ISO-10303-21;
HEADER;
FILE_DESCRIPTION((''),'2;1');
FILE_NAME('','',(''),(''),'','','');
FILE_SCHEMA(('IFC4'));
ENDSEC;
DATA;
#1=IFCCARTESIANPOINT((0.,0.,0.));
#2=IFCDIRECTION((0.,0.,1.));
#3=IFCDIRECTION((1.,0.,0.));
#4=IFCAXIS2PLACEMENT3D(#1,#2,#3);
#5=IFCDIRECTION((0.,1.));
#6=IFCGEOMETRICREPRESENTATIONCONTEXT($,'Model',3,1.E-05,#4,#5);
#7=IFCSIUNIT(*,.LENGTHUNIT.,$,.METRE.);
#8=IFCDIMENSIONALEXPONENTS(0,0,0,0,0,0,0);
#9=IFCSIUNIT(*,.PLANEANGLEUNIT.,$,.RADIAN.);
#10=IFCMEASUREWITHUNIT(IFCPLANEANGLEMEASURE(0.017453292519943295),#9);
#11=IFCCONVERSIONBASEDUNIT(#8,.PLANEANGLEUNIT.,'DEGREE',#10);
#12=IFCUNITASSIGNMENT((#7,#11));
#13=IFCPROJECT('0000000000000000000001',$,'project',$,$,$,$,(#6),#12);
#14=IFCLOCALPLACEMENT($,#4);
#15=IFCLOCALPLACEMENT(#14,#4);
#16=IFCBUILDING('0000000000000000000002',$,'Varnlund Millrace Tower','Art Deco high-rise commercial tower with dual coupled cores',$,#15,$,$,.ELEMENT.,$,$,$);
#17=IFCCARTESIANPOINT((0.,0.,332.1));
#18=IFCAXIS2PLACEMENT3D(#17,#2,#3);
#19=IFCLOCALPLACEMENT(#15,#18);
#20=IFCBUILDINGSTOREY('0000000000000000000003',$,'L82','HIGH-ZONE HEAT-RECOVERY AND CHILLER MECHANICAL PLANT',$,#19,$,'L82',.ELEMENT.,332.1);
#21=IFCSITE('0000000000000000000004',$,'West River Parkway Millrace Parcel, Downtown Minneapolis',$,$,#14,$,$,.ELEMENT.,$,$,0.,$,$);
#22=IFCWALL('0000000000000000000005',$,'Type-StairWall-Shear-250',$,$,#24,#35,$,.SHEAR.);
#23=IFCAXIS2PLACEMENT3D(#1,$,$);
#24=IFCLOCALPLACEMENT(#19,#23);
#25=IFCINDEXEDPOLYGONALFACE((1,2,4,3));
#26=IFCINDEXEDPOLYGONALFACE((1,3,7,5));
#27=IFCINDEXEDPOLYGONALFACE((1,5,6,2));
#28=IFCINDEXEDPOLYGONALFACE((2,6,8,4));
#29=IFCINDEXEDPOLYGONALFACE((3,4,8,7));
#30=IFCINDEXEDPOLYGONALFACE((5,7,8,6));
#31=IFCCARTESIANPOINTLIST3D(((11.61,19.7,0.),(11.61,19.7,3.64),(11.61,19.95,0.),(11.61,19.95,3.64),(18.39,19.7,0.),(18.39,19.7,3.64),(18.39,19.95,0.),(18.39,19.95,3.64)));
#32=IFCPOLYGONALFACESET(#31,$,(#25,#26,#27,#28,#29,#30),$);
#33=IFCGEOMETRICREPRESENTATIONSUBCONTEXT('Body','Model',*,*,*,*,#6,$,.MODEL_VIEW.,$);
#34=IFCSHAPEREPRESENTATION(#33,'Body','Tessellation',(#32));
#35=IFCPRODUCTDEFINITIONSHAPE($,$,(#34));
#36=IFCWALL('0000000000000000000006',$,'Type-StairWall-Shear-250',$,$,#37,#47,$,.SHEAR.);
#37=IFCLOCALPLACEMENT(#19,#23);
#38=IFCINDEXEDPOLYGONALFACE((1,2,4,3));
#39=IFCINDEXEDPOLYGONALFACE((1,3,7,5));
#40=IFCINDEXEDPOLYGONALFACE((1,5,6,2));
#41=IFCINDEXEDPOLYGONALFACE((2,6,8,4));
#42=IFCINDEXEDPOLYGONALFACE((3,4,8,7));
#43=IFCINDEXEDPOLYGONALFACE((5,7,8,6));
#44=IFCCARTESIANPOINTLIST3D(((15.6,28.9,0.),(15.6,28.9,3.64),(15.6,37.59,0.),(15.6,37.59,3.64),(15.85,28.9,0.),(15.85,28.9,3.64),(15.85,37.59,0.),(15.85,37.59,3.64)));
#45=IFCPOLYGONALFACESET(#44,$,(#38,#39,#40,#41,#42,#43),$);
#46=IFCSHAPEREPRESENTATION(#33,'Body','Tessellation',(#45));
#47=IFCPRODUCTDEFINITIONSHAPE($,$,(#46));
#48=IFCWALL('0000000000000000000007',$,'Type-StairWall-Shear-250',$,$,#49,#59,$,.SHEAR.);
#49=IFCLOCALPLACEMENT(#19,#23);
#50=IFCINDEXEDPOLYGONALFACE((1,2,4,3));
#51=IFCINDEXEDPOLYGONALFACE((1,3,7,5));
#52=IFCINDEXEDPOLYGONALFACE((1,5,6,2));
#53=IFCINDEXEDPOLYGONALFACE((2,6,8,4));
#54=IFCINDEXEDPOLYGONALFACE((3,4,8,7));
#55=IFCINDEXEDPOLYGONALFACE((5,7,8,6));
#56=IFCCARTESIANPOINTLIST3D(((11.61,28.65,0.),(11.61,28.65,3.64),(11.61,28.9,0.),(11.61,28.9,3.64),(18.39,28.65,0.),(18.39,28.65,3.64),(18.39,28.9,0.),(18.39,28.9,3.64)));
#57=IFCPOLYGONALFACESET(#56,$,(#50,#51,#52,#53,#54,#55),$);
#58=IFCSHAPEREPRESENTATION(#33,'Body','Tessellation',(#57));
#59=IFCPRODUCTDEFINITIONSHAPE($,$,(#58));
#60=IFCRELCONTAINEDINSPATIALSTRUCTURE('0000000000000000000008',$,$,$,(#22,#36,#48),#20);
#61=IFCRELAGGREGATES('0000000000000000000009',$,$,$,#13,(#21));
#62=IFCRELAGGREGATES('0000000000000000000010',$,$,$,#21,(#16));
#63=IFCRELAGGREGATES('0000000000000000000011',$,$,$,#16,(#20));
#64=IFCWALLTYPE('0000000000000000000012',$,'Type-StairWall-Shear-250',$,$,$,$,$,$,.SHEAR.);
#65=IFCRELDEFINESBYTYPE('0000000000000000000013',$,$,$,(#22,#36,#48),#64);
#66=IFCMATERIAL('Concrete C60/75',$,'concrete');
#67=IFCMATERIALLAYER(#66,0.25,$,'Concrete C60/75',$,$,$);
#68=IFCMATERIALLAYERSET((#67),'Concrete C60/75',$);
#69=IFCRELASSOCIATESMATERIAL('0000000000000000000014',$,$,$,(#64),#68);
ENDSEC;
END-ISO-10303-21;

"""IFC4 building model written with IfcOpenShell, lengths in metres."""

from ifc_helpers import new_model, entity, si_unit, converted_unit, direction, frame, origin_with_axes, place, context, subcontext, project, spatial, polyline, outline, extrude, material, layer, layer_set, type_object, element, save


model = new_model("IFC4")

# Units and contexts
model_context = context("Model", 3, precision=1e-05, world=origin_with_axes(), true_north=direction((0.0, 1.0)))
body_context = subcontext(model_context, "Body", "Model", "MODEL_VIEW")
ifc_project = project(units=[si_unit("LENGTHUNIT", "METRE"), converted_unit("PLANEANGLEUNIT", "DEGREE", entity("IfcPlaneAngleMeasure", 0.017453292519943295), si_unit("PLANEANGLEUNIT", "RADIAN"), dimensions=[0, 0, 0, 0, 0, 0, 0])], contexts=[model_context])

# Site, building, storey
site_placement = place(None, origin_with_axes())
site = spatial("IfcSite", under=ifc_project, at=site_placement, Name="West River Parkway Millrace Parcel, Downtown Minneapolis", CompositionType="ELEMENT", RefElevation=0.0)
building_placement = place(site_placement, origin_with_axes())
building = spatial("IfcBuilding", under=site, at=building_placement, Name="Varnlund Millrace Tower", Description="Art Deco high-rise commercial tower with dual coupled cores", CompositionType="ELEMENT")
storey_placement = place(building_placement, frame((0.0, 0.0, 332.1), z_axis=(0.0, 0.0, 1.0), x_axis=(1.0, 0.0, 0.0)))
storey = spatial("IfcBuildingStorey", under=building, at=storey_placement, Name="L82", Description="HIGH-ZONE HEAT-RECOVERY AND CHILLER MECHANICAL PLANT", LongName="L82", CompositionType="ELEMENT", Elevation=332.1)

# Shared definitions
ifc_material_1 = material(Name="Concrete C60/75", Category="concrete")
ifc_layer = layer(ifc_material_1, 0.25, Name="Concrete C60/75")
ifc_layer_set = layer_set([ifc_layer], Name="Concrete C60/75")

# Walls
wall_type_1 = type_object("IfcWallType", Name="Type-StairWall-Shear-250", PredefinedType="SHEAR", material=ifc_layer_set)
wall_1_placement = place(storey_placement, frame((11.61, 19.825, 0.0), z_axis=(0.0, 0.0, 1.0), x_axis=(1.0, 0.0, 0.0)))
element("IfcWall", 1, at=wall_1_placement, inside=storey, type_object=wall_type_1, Name="Type-StairWall-Shear-250", PredefinedType="SHEAR", context=body_context, shape_type="SweptSolid", body=[
    extrude(outline(polyline([(0.0, -0.125), (6.78, -0.125), (6.78, 0.125), (0.0, 0.125), (0.0, -0.125)])), origin_with_axes(), (0.0, 0.0, 1.0), 3.64),
])
wall_2_placement = place(storey_placement, frame((15.725, 28.9, 0.0), z_axis=(0.0, 0.0, 1.0), x_axis=(0.0, 1.0, 0.0)))
element("IfcWall", 2, at=wall_2_placement, inside=storey, type_object=wall_type_1, Name="Type-StairWall-Shear-250", PredefinedType="SHEAR", context=body_context, shape_type="SweptSolid", body=[
    extrude(outline(polyline([(0.0, -0.125), (8.69, -0.125), (8.69, 0.125), (0.0, 0.125), (0.0, -0.125)])), origin_with_axes(), (0.0, 0.0, 1.0), 3.64),
])
wall_3_placement = place(storey_placement, frame((11.61, 28.775, 0.0), z_axis=(0.0, 0.0, 1.0), x_axis=(1.0, 0.0, 0.0)))
element("IfcWall", 3, at=wall_3_placement, inside=storey, type_object=wall_type_1, Name="Type-StairWall-Shear-250", PredefinedType="SHEAR", context=body_context, shape_type="SweptSolid", body=[
    extrude(outline(polyline([(0.0, -0.125), (6.78, -0.125), (6.78, 0.125), (0.0, 0.125), (0.0, -0.125)])), origin_with_axes(), (0.0, 0.0, 1.0), 3.64),
])

save(model, "model.ifc")
